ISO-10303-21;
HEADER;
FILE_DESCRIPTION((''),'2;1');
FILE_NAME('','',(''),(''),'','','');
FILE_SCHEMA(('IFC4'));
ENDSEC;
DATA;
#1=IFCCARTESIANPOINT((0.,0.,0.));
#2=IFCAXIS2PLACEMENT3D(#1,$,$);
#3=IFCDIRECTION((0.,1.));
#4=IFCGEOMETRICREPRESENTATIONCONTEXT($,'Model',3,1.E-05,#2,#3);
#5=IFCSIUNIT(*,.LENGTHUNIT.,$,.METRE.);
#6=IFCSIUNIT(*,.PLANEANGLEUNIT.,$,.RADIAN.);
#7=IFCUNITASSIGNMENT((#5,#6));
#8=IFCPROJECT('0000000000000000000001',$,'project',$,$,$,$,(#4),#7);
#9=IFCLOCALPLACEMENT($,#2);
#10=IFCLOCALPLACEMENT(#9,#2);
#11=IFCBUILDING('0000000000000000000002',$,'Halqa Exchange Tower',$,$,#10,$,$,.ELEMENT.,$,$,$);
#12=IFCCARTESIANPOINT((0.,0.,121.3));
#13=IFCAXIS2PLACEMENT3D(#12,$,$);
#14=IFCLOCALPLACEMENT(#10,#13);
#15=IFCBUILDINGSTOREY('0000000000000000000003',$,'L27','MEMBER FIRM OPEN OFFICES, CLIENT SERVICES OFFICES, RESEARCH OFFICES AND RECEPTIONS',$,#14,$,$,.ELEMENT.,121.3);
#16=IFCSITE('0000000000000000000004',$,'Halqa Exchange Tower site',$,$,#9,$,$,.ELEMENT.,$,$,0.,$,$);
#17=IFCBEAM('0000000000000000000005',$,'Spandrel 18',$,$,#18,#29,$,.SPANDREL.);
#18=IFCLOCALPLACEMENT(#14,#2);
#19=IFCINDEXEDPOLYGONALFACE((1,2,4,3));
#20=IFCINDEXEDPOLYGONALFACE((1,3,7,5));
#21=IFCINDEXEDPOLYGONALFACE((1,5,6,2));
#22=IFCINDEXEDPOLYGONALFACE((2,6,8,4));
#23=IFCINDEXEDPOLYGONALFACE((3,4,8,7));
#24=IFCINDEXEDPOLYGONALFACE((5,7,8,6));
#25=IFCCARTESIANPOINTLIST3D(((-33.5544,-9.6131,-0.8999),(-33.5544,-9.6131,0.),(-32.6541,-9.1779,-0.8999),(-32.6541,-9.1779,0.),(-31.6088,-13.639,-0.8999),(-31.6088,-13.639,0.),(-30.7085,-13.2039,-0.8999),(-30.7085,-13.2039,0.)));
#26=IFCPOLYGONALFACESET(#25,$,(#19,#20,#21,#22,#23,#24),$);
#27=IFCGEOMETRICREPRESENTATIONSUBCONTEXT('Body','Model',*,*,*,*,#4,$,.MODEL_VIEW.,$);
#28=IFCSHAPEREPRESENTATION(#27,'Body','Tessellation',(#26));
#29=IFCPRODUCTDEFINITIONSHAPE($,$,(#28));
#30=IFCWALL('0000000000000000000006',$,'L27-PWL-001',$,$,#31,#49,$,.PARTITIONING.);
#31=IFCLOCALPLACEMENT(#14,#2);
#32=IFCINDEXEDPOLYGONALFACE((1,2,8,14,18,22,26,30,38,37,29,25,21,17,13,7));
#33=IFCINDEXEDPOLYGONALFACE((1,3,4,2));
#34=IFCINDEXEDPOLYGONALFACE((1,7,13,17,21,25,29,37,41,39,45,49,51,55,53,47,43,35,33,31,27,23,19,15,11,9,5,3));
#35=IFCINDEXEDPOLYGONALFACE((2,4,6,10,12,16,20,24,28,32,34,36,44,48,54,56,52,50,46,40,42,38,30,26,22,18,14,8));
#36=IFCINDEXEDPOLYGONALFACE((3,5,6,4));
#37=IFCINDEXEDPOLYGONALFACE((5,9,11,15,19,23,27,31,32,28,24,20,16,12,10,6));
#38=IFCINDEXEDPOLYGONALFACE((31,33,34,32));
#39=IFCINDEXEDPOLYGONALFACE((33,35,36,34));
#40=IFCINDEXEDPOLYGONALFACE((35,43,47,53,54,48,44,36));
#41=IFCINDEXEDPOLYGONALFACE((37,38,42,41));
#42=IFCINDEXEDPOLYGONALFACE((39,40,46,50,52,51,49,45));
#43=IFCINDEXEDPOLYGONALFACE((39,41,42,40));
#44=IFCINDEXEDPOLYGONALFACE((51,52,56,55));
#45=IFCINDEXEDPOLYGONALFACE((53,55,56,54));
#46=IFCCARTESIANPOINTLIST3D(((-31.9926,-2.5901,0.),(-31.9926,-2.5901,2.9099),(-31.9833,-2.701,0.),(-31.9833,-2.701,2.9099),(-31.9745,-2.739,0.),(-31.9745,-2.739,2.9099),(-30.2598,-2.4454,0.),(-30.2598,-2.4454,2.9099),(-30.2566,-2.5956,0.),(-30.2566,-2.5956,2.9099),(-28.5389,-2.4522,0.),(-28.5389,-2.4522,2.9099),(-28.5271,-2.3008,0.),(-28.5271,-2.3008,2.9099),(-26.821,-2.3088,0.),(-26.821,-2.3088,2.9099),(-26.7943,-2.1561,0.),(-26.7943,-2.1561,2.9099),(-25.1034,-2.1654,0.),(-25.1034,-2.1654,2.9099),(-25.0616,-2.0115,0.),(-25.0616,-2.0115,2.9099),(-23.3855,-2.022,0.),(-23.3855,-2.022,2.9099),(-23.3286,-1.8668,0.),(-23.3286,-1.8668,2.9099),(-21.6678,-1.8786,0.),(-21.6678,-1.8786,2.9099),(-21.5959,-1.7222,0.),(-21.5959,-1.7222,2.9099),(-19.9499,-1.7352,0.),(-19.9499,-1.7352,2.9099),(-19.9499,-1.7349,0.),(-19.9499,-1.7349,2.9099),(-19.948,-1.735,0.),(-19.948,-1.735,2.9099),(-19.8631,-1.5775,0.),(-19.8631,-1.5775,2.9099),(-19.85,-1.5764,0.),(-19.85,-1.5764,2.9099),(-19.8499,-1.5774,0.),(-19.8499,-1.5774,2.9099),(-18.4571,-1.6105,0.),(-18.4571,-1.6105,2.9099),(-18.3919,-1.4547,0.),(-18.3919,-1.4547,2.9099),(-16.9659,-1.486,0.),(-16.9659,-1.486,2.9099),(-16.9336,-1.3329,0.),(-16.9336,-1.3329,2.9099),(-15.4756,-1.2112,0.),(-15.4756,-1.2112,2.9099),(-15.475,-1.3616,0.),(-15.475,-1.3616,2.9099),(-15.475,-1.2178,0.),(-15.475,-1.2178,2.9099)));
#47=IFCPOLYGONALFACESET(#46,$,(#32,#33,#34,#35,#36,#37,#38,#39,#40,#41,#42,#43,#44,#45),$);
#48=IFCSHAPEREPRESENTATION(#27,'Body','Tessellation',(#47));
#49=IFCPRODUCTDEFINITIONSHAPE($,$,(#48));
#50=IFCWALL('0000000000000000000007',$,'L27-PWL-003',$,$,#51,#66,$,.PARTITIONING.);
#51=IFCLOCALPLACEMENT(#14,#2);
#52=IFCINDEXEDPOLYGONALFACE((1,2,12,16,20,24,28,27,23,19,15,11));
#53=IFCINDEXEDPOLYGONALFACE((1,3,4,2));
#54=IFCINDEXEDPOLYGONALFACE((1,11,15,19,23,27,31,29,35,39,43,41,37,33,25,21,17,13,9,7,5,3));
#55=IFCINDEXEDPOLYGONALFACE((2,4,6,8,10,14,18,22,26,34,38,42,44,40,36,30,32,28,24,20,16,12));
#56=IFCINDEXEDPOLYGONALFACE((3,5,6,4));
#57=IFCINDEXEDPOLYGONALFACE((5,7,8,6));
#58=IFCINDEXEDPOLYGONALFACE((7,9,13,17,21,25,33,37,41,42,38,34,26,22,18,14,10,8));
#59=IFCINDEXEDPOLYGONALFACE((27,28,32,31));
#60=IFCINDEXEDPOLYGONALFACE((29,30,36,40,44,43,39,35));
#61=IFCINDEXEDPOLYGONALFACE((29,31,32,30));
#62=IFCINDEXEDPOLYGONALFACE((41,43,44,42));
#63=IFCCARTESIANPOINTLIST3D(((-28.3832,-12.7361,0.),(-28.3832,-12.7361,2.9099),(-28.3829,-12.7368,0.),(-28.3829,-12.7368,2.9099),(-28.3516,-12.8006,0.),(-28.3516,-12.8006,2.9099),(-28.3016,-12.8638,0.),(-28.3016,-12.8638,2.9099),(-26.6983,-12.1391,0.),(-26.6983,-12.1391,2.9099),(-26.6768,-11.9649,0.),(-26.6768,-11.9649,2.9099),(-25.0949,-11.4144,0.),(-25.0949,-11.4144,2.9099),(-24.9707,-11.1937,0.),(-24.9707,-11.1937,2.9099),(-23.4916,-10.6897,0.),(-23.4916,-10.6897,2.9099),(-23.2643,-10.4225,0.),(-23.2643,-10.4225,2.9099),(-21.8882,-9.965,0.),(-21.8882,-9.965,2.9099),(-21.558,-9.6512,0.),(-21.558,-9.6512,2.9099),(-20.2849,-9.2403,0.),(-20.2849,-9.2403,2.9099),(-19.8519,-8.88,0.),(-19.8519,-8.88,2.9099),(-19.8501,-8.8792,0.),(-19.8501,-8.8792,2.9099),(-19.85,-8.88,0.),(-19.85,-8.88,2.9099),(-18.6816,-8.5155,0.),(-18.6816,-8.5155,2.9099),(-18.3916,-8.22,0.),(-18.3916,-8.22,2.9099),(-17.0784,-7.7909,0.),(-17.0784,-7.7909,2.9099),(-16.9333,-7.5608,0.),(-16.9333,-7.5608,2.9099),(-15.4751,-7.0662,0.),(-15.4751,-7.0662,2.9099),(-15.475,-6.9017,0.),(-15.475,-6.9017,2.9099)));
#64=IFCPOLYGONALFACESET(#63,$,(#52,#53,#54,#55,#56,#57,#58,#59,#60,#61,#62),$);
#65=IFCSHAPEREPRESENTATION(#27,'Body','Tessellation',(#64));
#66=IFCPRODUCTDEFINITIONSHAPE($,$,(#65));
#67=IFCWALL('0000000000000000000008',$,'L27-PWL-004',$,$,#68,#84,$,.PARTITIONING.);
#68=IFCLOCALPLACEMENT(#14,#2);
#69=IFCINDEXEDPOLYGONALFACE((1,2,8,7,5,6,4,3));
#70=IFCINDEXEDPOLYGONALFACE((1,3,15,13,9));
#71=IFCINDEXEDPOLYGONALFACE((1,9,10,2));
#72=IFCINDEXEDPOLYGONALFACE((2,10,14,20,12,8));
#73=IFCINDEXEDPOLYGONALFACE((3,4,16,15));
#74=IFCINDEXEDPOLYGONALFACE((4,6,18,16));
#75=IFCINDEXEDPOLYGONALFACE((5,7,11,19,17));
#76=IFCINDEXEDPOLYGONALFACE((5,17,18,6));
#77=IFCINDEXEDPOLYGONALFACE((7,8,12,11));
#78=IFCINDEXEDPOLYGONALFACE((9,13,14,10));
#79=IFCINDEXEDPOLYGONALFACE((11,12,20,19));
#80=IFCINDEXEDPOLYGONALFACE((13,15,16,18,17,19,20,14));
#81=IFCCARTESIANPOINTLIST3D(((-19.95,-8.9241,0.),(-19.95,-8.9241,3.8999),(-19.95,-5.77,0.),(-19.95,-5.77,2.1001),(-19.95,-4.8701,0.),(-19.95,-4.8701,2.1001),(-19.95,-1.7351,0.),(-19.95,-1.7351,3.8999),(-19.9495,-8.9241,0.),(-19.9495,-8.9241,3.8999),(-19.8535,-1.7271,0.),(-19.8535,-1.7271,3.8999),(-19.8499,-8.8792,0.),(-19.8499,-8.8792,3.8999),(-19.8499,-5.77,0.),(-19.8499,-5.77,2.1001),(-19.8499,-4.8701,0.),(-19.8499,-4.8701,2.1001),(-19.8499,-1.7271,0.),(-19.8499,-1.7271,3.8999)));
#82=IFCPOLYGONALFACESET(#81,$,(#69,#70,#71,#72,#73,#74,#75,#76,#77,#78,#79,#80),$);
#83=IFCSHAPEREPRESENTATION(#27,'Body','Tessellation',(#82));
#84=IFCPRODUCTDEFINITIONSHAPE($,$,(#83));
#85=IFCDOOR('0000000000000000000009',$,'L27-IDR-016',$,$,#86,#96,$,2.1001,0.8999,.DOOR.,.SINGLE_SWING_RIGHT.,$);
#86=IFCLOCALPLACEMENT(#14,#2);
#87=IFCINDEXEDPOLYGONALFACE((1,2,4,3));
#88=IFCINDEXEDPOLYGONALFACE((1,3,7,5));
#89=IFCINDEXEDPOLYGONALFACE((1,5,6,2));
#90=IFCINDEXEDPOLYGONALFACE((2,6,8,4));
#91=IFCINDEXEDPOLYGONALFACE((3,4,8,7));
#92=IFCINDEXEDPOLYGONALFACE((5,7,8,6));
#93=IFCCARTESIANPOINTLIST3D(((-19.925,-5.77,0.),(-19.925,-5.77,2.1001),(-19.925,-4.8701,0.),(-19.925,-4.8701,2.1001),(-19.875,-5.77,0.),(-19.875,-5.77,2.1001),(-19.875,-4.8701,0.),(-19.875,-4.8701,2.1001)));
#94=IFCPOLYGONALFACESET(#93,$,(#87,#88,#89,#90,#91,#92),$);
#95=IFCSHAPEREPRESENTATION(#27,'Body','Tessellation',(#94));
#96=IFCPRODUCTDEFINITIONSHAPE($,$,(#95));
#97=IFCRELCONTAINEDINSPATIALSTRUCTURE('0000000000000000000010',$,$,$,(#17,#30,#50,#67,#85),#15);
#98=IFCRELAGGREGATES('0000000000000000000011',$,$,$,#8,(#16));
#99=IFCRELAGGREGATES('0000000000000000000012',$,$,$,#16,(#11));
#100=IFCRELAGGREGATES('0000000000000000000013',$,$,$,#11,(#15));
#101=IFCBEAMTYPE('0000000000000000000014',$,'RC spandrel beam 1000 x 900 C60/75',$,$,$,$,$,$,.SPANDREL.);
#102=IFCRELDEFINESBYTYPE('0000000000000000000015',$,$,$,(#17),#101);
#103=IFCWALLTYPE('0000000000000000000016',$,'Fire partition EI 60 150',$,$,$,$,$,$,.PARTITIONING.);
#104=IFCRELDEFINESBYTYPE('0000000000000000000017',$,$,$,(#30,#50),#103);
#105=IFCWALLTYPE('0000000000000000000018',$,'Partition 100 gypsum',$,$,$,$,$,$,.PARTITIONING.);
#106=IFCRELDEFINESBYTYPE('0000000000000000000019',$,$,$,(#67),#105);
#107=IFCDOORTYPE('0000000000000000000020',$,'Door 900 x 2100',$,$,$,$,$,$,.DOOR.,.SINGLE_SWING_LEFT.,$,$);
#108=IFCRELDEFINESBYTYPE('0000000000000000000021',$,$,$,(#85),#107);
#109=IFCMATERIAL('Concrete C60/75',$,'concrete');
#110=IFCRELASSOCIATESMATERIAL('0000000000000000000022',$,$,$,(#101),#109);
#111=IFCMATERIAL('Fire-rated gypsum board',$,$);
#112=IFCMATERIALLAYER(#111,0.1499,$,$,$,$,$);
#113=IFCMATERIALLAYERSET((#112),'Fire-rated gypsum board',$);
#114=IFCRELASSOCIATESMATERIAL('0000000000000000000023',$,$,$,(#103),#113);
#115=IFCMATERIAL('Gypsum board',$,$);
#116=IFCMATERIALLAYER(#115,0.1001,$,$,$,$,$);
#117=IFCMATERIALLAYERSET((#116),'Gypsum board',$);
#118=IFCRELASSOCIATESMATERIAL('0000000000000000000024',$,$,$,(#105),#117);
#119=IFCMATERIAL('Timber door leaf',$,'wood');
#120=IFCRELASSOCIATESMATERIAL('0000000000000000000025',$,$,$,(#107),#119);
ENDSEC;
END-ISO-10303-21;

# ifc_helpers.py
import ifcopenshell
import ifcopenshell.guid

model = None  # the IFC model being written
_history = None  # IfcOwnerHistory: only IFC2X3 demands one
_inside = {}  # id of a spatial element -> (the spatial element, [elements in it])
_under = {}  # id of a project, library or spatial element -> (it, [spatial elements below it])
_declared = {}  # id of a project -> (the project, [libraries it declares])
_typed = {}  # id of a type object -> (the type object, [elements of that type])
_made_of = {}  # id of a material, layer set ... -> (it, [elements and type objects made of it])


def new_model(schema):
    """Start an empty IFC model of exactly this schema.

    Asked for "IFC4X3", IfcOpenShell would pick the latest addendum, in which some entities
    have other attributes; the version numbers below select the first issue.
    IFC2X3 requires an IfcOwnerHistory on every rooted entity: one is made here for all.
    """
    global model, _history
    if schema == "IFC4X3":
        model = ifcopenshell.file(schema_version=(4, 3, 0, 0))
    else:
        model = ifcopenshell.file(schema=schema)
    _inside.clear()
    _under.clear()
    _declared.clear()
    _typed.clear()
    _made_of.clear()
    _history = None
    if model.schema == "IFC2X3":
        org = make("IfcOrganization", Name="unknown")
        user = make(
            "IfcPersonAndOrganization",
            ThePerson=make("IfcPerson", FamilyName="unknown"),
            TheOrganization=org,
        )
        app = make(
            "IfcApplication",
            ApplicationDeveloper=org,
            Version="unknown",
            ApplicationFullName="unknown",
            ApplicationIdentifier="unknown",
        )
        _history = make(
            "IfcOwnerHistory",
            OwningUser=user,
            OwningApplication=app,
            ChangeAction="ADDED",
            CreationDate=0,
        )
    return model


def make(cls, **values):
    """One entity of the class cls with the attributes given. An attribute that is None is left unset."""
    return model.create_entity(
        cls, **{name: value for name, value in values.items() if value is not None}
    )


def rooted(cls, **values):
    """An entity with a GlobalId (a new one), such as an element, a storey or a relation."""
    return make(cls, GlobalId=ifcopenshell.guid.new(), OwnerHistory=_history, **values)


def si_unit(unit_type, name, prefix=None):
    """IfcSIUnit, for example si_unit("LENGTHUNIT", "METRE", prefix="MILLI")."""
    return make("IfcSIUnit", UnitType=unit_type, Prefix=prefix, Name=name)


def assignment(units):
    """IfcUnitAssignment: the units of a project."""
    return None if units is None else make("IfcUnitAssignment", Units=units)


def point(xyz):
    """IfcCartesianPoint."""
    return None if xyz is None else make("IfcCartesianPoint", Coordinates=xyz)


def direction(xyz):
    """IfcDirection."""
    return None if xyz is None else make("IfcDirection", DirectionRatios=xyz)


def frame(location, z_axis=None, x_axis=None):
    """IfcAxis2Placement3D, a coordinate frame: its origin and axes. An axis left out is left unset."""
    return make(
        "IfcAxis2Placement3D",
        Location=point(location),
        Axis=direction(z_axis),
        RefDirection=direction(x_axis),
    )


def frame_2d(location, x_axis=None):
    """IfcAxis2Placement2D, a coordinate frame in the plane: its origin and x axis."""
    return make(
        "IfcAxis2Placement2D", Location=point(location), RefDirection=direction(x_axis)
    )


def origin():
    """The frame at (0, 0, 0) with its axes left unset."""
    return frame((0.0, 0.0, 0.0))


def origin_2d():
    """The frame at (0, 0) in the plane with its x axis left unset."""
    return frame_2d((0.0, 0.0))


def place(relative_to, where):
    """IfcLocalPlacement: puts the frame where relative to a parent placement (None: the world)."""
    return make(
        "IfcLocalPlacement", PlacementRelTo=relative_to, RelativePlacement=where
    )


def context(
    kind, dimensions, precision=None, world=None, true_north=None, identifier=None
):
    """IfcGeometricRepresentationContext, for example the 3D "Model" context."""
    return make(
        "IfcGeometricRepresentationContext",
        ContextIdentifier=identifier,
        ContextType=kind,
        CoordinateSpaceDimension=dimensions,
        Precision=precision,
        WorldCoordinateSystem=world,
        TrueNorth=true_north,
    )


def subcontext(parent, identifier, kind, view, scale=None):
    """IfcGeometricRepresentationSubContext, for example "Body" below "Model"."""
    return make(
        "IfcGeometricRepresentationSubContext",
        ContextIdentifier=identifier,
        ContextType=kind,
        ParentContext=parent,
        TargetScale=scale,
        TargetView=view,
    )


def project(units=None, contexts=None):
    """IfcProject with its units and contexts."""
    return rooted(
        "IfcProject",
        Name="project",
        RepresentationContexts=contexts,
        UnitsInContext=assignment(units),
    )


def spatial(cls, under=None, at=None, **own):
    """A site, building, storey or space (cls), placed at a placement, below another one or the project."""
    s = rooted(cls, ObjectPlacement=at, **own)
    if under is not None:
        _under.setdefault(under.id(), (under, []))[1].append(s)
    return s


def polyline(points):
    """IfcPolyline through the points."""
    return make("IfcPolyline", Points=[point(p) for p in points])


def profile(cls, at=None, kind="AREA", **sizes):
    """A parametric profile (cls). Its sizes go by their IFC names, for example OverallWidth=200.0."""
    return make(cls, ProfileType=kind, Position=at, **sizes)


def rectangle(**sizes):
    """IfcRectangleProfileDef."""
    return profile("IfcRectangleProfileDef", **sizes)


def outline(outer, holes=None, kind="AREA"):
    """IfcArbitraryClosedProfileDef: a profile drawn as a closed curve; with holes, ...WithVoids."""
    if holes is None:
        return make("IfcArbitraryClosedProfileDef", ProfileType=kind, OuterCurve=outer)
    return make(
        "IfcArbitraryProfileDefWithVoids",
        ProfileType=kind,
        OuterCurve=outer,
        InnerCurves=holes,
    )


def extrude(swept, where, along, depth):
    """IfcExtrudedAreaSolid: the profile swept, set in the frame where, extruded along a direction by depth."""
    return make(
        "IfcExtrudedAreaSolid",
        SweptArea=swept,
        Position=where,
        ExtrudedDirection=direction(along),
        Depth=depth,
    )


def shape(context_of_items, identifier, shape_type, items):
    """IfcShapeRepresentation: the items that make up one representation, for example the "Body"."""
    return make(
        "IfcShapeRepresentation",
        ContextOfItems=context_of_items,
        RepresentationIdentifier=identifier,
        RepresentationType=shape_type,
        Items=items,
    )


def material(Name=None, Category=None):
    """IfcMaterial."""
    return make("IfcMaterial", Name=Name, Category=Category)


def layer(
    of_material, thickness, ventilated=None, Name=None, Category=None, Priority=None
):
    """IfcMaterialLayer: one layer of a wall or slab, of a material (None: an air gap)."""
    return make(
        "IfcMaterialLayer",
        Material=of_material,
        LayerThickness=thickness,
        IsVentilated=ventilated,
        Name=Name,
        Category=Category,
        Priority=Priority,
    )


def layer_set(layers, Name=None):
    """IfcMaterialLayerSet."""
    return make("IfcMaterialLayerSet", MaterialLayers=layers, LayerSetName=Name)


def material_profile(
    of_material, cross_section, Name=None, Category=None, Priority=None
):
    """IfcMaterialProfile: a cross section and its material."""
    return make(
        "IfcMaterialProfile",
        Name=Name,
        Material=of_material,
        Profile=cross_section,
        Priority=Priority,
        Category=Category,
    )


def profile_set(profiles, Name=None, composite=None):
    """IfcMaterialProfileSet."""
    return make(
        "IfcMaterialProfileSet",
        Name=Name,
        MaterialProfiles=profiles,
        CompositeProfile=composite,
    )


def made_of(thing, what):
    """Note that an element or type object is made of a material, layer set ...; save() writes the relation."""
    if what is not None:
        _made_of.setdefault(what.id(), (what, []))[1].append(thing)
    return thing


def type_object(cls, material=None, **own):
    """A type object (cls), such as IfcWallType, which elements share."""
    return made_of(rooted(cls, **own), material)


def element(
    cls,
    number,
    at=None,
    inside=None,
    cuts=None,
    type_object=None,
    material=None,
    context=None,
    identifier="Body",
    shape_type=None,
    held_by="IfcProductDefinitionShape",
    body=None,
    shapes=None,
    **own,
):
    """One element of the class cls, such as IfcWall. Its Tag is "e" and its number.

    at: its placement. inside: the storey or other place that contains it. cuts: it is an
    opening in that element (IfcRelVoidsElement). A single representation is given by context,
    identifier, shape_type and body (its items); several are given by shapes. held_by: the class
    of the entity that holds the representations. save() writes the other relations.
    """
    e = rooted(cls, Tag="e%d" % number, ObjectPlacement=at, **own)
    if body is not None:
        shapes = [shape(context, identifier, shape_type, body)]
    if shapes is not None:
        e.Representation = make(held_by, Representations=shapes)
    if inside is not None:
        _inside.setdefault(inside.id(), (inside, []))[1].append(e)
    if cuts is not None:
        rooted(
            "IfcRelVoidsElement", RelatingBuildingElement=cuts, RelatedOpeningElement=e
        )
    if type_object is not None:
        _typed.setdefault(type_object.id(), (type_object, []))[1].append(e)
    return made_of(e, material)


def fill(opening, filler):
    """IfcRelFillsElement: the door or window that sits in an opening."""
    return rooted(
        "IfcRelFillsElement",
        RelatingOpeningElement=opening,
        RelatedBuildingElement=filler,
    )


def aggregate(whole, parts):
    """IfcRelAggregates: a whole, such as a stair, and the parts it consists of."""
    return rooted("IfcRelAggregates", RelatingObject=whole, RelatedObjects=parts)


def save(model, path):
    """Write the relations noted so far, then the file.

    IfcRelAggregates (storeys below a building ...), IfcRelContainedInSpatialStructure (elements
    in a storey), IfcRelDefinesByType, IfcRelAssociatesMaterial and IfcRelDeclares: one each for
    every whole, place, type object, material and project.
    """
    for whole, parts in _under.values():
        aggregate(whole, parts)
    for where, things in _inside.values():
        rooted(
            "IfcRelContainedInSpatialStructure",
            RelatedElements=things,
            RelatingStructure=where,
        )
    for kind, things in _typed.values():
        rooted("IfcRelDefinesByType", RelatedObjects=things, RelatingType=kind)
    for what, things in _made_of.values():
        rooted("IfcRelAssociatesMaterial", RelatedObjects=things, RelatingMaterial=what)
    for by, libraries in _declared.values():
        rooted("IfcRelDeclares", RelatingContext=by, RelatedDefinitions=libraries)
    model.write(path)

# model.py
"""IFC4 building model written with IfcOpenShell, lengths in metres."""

from ifc_helpers import new_model, si_unit, direction, frame, frame_2d, origin, origin_2d, place, context, subcontext, project, spatial, polyline, rectangle, outline, extrude, material, layer, layer_set, material_profile, profile_set, type_object, element, fill, save


model = new_model("IFC4")

# Units and contexts
model_context = context("Model", 3, precision=1e-05, world=origin(), true_north=direction((0.0, 1.0)))
body_context = subcontext(model_context, "Body", "Model", "MODEL_VIEW")
ifc_project = project(units=[si_unit("LENGTHUNIT", "METRE"), si_unit("PLANEANGLEUNIT", "RADIAN")], contexts=[model_context])

# Site, building, storey
site_placement = place(None, origin())
site = spatial("IfcSite", under=ifc_project, at=site_placement, Name="Halqa Exchange Tower site", CompositionType="ELEMENT", RefElevation=0.0)
building_placement = place(site_placement, origin())
building = spatial("IfcBuilding", under=site, at=building_placement, Name="Halqa Exchange Tower", CompositionType="ELEMENT")
storey_placement = place(building_placement, frame((0.0, 0.0, 121.3)))
storey = spatial("IfcBuildingStorey", under=building, at=storey_placement, Name="L27", Description="MEMBER FIRM OPEN OFFICES, CLIENT SERVICES OFFICES, RESEARCH OFFICES AND RECEPTIONS", CompositionType="ELEMENT", Elevation=121.3)

# Beam
ifc_material_1 = material(Name="Concrete C60/75", Category="concrete")
ifc_material_profile_1 = material_profile(ifc_material_1, rectangle(XDim=1.0, YDim=0.8999, at=origin_2d()), Name="1000 x 900")
ifc_profile_set_1 = profile_set([ifc_material_profile_1], Name="Concrete C60/75")
beam_type_1 = type_object("IfcBeamType", Name="RC spandrel beam 1000 x 900 C60/75", PredefinedType="SPANDREL", material=ifc_profile_set_1)
beam_1_placement = place(storey_placement, frame((-33.1042, -9.3955, -0.45), z_axis=(0.435117, -0.900374, 0.0), x_axis=(0.900374, 0.435117, 0.0)))
element("IfcBeam", 1, at=beam_1_placement, inside=storey, type_object=beam_type_1, Name="Spandrel 18", PredefinedType="SPANDREL", context=body_context, shape_type="SweptSolid", body=[
    extrude(rectangle(XDim=1.0, YDim=0.8999, at=origin_2d()), origin(), (0.0, 0.0, 1.0), 4.4714),
])

# Walls
ifc_material_2 = material(Name="Fire-rated gypsum board")
ifc_layer_1 = layer(ifc_material_2, 0.1499)
ifc_layer_set_1 = layer_set([ifc_layer_1], Name="Fire-rated gypsum board")
wall_type_1 = type_object("IfcWallType", Name="Fire partition EI 60 150", PredefinedType="PARTITIONING", material=ifc_layer_set_1)
wall_1_placement = place(storey_placement, frame((-31.9863, -2.6648, 0.0), z_axis=(0.0, 0.0, 1.0), x_axis=(0.996533, 0.083194, 0.0)))
element("IfcWall", 2, at=wall_1_placement, inside=storey, type_object=wall_type_1, Name="L27-PWL-001", PredefinedType="PARTITIONING", context=body_context, shape_type="SweptSolid", body=[
    extrude(outline(polyline([(0.0056, -0.075), (1.7295, -0.075), (3.4531, -0.075), (5.177, -0.075), (6.9006, -0.075), (8.6245, -0.075), (10.3481, -0.075), (12.072, -0.075), (12.072, -0.0747), (12.074, -0.075), (13.5701, -0.075), (15.0664, -0.075), (16.5625, -0.075), (16.5745, 0.0684), (16.5745, 0.075), (15.1113, 0.075), (13.6479, 0.075), (12.1848, 0.075), (12.1848, 0.074), (12.1716, 0.075), (10.4329, 0.075), (8.6941, 0.075), (6.9551, 0.075), (5.2163, 0.075), (3.4775, 0.075), (1.7388, 0.075), (0.0, 0.075), (0.0, -0.0364), (0.0056, -0.075)])), origin(), (0.0, 0.0, 1.0), 2.9099),
])
wall_2_placement = place(storey_placement, frame((-28.3523, -12.8044, 0.0), z_axis=(0.0, 0.0, 1.0), x_axis=(0.911239, 0.411878, 0.0)))
element("IfcWall", 3, at=wall_2_placement, inside=storey, type_object=wall_type_1, Name="L27-PWL-003", PredefinedType="PARTITIONING", context=body_context, shape_type="SweptSolid", body=[
    extrude(outline(polyline([(0.0217, -0.075), (1.7812, -0.075), (3.5408, -0.075), (5.3003, -0.075), (7.0598, -0.075), (8.8193, -0.075), (10.5789, -0.075), (12.3381, -0.075), (14.0977, -0.075), (14.1655, 0.075), (12.5652, 0.075), (10.9648, 0.075), (9.3643, 0.075), (9.364, 0.0742), (9.3623, 0.075), (7.49, 0.075), (5.6174, 0.075), (3.7449, 0.075), (1.8726, 0.075), (0.0, 0.075), (0.0, 0.0742), (0.0022, 0.0032), (0.0217, -0.075)])), origin(), (0.0, 0.0, 1.0), 2.9099),
])

# Wall, opening, door
ifc_material_3 = material(Name="Gypsum board")
ifc_layer_2 = layer(ifc_material_3, 0.1001)
ifc_layer_set_2 = layer_set([ifc_layer_2], Name="Gypsum board")
wall_type_2 = type_object("IfcWallType", Name="Partition 100 gypsum", PredefinedType="PARTITIONING", material=ifc_layer_set_2)
wall_3_placement = place(storey_placement, frame((-19.8999, -8.9241, 0.0), z_axis=(0.0, 0.0, 1.0), x_axis=(0.0, 1.0, 0.0)))
wall_3 = element("IfcWall", 4, at=wall_3_placement, inside=storey, type_object=wall_type_2, Name="L27-PWL-004", PredefinedType="PARTITIONING", context=body_context, shape_type="SweptSolid", body=[
    extrude(outline(polyline([(7.197, -0.05), (7.197, -0.0464), (7.189, 0.05), (5.3916, 0.05), (3.5945, 0.05), (1.7971, 0.05), (0.0, 0.05), (0.0, 0.0496), (0.0449, -0.05), (1.833, -0.05), (3.6211, -0.05), (5.4089, -0.05), (7.197, -0.05)])), origin(), (0.0, 0.0, 1.0), 3.8999),
])
opening_1_placement = place(wall_3_placement, frame((3.1541, 0.0, 0.0)))
opening_1 = element("IfcOpeningElement", 5, at=opening_1_placement, cuts=wall_3, PredefinedType="OPENING", context=body_context, shape_type="SweptSolid", body=[
    extrude(rectangle(XDim=0.8999, YDim=2.1001, at=frame_2d((0.45, 1.05))), frame((0.0, 0.062, 0.0), z_axis=(0.0, -1.0, 0.0), x_axis=(1.0, 0.0, 0.0)), (0.0, 0.0, 1.0), 0.124),
])
ifc_material_4 = material(Name="Timber door leaf", Category="wood")
door_type_1 = type_object("IfcDoorType", Name="Door 900 x 2100", OperationType="SINGLE_SWING_LEFT", PredefinedType="DOOR", material=ifc_material_4)
door_1_placement = place(opening_1_placement, frame((0.8999, 0.0, 0.0), z_axis=(0.0, 0.0, 1.0), x_axis=(-1.0, 0.0, 0.0)))
door_1 = element("IfcDoor", 6, at=door_1_placement, inside=storey, type_object=door_type_1, Name="L27-IDR-016", OperationType="SINGLE_SWING_RIGHT", OverallHeight=2.1001, OverallWidth=0.8999, PredefinedType="DOOR", context=body_context, shape_type="SweptSolid", body=[
    extrude(rectangle(XDim=0.8999, YDim=2.1001, at=frame_2d((0.45, 1.05))), frame((0.0, 0.0249, 0.0), z_axis=(0.0, -1.0, 0.0), x_axis=(1.0, 0.0, 0.0)), (0.0, 0.0, 1.0), 0.05),
])
fill(opening_1, door_1)

save(model, "model.ifc")
